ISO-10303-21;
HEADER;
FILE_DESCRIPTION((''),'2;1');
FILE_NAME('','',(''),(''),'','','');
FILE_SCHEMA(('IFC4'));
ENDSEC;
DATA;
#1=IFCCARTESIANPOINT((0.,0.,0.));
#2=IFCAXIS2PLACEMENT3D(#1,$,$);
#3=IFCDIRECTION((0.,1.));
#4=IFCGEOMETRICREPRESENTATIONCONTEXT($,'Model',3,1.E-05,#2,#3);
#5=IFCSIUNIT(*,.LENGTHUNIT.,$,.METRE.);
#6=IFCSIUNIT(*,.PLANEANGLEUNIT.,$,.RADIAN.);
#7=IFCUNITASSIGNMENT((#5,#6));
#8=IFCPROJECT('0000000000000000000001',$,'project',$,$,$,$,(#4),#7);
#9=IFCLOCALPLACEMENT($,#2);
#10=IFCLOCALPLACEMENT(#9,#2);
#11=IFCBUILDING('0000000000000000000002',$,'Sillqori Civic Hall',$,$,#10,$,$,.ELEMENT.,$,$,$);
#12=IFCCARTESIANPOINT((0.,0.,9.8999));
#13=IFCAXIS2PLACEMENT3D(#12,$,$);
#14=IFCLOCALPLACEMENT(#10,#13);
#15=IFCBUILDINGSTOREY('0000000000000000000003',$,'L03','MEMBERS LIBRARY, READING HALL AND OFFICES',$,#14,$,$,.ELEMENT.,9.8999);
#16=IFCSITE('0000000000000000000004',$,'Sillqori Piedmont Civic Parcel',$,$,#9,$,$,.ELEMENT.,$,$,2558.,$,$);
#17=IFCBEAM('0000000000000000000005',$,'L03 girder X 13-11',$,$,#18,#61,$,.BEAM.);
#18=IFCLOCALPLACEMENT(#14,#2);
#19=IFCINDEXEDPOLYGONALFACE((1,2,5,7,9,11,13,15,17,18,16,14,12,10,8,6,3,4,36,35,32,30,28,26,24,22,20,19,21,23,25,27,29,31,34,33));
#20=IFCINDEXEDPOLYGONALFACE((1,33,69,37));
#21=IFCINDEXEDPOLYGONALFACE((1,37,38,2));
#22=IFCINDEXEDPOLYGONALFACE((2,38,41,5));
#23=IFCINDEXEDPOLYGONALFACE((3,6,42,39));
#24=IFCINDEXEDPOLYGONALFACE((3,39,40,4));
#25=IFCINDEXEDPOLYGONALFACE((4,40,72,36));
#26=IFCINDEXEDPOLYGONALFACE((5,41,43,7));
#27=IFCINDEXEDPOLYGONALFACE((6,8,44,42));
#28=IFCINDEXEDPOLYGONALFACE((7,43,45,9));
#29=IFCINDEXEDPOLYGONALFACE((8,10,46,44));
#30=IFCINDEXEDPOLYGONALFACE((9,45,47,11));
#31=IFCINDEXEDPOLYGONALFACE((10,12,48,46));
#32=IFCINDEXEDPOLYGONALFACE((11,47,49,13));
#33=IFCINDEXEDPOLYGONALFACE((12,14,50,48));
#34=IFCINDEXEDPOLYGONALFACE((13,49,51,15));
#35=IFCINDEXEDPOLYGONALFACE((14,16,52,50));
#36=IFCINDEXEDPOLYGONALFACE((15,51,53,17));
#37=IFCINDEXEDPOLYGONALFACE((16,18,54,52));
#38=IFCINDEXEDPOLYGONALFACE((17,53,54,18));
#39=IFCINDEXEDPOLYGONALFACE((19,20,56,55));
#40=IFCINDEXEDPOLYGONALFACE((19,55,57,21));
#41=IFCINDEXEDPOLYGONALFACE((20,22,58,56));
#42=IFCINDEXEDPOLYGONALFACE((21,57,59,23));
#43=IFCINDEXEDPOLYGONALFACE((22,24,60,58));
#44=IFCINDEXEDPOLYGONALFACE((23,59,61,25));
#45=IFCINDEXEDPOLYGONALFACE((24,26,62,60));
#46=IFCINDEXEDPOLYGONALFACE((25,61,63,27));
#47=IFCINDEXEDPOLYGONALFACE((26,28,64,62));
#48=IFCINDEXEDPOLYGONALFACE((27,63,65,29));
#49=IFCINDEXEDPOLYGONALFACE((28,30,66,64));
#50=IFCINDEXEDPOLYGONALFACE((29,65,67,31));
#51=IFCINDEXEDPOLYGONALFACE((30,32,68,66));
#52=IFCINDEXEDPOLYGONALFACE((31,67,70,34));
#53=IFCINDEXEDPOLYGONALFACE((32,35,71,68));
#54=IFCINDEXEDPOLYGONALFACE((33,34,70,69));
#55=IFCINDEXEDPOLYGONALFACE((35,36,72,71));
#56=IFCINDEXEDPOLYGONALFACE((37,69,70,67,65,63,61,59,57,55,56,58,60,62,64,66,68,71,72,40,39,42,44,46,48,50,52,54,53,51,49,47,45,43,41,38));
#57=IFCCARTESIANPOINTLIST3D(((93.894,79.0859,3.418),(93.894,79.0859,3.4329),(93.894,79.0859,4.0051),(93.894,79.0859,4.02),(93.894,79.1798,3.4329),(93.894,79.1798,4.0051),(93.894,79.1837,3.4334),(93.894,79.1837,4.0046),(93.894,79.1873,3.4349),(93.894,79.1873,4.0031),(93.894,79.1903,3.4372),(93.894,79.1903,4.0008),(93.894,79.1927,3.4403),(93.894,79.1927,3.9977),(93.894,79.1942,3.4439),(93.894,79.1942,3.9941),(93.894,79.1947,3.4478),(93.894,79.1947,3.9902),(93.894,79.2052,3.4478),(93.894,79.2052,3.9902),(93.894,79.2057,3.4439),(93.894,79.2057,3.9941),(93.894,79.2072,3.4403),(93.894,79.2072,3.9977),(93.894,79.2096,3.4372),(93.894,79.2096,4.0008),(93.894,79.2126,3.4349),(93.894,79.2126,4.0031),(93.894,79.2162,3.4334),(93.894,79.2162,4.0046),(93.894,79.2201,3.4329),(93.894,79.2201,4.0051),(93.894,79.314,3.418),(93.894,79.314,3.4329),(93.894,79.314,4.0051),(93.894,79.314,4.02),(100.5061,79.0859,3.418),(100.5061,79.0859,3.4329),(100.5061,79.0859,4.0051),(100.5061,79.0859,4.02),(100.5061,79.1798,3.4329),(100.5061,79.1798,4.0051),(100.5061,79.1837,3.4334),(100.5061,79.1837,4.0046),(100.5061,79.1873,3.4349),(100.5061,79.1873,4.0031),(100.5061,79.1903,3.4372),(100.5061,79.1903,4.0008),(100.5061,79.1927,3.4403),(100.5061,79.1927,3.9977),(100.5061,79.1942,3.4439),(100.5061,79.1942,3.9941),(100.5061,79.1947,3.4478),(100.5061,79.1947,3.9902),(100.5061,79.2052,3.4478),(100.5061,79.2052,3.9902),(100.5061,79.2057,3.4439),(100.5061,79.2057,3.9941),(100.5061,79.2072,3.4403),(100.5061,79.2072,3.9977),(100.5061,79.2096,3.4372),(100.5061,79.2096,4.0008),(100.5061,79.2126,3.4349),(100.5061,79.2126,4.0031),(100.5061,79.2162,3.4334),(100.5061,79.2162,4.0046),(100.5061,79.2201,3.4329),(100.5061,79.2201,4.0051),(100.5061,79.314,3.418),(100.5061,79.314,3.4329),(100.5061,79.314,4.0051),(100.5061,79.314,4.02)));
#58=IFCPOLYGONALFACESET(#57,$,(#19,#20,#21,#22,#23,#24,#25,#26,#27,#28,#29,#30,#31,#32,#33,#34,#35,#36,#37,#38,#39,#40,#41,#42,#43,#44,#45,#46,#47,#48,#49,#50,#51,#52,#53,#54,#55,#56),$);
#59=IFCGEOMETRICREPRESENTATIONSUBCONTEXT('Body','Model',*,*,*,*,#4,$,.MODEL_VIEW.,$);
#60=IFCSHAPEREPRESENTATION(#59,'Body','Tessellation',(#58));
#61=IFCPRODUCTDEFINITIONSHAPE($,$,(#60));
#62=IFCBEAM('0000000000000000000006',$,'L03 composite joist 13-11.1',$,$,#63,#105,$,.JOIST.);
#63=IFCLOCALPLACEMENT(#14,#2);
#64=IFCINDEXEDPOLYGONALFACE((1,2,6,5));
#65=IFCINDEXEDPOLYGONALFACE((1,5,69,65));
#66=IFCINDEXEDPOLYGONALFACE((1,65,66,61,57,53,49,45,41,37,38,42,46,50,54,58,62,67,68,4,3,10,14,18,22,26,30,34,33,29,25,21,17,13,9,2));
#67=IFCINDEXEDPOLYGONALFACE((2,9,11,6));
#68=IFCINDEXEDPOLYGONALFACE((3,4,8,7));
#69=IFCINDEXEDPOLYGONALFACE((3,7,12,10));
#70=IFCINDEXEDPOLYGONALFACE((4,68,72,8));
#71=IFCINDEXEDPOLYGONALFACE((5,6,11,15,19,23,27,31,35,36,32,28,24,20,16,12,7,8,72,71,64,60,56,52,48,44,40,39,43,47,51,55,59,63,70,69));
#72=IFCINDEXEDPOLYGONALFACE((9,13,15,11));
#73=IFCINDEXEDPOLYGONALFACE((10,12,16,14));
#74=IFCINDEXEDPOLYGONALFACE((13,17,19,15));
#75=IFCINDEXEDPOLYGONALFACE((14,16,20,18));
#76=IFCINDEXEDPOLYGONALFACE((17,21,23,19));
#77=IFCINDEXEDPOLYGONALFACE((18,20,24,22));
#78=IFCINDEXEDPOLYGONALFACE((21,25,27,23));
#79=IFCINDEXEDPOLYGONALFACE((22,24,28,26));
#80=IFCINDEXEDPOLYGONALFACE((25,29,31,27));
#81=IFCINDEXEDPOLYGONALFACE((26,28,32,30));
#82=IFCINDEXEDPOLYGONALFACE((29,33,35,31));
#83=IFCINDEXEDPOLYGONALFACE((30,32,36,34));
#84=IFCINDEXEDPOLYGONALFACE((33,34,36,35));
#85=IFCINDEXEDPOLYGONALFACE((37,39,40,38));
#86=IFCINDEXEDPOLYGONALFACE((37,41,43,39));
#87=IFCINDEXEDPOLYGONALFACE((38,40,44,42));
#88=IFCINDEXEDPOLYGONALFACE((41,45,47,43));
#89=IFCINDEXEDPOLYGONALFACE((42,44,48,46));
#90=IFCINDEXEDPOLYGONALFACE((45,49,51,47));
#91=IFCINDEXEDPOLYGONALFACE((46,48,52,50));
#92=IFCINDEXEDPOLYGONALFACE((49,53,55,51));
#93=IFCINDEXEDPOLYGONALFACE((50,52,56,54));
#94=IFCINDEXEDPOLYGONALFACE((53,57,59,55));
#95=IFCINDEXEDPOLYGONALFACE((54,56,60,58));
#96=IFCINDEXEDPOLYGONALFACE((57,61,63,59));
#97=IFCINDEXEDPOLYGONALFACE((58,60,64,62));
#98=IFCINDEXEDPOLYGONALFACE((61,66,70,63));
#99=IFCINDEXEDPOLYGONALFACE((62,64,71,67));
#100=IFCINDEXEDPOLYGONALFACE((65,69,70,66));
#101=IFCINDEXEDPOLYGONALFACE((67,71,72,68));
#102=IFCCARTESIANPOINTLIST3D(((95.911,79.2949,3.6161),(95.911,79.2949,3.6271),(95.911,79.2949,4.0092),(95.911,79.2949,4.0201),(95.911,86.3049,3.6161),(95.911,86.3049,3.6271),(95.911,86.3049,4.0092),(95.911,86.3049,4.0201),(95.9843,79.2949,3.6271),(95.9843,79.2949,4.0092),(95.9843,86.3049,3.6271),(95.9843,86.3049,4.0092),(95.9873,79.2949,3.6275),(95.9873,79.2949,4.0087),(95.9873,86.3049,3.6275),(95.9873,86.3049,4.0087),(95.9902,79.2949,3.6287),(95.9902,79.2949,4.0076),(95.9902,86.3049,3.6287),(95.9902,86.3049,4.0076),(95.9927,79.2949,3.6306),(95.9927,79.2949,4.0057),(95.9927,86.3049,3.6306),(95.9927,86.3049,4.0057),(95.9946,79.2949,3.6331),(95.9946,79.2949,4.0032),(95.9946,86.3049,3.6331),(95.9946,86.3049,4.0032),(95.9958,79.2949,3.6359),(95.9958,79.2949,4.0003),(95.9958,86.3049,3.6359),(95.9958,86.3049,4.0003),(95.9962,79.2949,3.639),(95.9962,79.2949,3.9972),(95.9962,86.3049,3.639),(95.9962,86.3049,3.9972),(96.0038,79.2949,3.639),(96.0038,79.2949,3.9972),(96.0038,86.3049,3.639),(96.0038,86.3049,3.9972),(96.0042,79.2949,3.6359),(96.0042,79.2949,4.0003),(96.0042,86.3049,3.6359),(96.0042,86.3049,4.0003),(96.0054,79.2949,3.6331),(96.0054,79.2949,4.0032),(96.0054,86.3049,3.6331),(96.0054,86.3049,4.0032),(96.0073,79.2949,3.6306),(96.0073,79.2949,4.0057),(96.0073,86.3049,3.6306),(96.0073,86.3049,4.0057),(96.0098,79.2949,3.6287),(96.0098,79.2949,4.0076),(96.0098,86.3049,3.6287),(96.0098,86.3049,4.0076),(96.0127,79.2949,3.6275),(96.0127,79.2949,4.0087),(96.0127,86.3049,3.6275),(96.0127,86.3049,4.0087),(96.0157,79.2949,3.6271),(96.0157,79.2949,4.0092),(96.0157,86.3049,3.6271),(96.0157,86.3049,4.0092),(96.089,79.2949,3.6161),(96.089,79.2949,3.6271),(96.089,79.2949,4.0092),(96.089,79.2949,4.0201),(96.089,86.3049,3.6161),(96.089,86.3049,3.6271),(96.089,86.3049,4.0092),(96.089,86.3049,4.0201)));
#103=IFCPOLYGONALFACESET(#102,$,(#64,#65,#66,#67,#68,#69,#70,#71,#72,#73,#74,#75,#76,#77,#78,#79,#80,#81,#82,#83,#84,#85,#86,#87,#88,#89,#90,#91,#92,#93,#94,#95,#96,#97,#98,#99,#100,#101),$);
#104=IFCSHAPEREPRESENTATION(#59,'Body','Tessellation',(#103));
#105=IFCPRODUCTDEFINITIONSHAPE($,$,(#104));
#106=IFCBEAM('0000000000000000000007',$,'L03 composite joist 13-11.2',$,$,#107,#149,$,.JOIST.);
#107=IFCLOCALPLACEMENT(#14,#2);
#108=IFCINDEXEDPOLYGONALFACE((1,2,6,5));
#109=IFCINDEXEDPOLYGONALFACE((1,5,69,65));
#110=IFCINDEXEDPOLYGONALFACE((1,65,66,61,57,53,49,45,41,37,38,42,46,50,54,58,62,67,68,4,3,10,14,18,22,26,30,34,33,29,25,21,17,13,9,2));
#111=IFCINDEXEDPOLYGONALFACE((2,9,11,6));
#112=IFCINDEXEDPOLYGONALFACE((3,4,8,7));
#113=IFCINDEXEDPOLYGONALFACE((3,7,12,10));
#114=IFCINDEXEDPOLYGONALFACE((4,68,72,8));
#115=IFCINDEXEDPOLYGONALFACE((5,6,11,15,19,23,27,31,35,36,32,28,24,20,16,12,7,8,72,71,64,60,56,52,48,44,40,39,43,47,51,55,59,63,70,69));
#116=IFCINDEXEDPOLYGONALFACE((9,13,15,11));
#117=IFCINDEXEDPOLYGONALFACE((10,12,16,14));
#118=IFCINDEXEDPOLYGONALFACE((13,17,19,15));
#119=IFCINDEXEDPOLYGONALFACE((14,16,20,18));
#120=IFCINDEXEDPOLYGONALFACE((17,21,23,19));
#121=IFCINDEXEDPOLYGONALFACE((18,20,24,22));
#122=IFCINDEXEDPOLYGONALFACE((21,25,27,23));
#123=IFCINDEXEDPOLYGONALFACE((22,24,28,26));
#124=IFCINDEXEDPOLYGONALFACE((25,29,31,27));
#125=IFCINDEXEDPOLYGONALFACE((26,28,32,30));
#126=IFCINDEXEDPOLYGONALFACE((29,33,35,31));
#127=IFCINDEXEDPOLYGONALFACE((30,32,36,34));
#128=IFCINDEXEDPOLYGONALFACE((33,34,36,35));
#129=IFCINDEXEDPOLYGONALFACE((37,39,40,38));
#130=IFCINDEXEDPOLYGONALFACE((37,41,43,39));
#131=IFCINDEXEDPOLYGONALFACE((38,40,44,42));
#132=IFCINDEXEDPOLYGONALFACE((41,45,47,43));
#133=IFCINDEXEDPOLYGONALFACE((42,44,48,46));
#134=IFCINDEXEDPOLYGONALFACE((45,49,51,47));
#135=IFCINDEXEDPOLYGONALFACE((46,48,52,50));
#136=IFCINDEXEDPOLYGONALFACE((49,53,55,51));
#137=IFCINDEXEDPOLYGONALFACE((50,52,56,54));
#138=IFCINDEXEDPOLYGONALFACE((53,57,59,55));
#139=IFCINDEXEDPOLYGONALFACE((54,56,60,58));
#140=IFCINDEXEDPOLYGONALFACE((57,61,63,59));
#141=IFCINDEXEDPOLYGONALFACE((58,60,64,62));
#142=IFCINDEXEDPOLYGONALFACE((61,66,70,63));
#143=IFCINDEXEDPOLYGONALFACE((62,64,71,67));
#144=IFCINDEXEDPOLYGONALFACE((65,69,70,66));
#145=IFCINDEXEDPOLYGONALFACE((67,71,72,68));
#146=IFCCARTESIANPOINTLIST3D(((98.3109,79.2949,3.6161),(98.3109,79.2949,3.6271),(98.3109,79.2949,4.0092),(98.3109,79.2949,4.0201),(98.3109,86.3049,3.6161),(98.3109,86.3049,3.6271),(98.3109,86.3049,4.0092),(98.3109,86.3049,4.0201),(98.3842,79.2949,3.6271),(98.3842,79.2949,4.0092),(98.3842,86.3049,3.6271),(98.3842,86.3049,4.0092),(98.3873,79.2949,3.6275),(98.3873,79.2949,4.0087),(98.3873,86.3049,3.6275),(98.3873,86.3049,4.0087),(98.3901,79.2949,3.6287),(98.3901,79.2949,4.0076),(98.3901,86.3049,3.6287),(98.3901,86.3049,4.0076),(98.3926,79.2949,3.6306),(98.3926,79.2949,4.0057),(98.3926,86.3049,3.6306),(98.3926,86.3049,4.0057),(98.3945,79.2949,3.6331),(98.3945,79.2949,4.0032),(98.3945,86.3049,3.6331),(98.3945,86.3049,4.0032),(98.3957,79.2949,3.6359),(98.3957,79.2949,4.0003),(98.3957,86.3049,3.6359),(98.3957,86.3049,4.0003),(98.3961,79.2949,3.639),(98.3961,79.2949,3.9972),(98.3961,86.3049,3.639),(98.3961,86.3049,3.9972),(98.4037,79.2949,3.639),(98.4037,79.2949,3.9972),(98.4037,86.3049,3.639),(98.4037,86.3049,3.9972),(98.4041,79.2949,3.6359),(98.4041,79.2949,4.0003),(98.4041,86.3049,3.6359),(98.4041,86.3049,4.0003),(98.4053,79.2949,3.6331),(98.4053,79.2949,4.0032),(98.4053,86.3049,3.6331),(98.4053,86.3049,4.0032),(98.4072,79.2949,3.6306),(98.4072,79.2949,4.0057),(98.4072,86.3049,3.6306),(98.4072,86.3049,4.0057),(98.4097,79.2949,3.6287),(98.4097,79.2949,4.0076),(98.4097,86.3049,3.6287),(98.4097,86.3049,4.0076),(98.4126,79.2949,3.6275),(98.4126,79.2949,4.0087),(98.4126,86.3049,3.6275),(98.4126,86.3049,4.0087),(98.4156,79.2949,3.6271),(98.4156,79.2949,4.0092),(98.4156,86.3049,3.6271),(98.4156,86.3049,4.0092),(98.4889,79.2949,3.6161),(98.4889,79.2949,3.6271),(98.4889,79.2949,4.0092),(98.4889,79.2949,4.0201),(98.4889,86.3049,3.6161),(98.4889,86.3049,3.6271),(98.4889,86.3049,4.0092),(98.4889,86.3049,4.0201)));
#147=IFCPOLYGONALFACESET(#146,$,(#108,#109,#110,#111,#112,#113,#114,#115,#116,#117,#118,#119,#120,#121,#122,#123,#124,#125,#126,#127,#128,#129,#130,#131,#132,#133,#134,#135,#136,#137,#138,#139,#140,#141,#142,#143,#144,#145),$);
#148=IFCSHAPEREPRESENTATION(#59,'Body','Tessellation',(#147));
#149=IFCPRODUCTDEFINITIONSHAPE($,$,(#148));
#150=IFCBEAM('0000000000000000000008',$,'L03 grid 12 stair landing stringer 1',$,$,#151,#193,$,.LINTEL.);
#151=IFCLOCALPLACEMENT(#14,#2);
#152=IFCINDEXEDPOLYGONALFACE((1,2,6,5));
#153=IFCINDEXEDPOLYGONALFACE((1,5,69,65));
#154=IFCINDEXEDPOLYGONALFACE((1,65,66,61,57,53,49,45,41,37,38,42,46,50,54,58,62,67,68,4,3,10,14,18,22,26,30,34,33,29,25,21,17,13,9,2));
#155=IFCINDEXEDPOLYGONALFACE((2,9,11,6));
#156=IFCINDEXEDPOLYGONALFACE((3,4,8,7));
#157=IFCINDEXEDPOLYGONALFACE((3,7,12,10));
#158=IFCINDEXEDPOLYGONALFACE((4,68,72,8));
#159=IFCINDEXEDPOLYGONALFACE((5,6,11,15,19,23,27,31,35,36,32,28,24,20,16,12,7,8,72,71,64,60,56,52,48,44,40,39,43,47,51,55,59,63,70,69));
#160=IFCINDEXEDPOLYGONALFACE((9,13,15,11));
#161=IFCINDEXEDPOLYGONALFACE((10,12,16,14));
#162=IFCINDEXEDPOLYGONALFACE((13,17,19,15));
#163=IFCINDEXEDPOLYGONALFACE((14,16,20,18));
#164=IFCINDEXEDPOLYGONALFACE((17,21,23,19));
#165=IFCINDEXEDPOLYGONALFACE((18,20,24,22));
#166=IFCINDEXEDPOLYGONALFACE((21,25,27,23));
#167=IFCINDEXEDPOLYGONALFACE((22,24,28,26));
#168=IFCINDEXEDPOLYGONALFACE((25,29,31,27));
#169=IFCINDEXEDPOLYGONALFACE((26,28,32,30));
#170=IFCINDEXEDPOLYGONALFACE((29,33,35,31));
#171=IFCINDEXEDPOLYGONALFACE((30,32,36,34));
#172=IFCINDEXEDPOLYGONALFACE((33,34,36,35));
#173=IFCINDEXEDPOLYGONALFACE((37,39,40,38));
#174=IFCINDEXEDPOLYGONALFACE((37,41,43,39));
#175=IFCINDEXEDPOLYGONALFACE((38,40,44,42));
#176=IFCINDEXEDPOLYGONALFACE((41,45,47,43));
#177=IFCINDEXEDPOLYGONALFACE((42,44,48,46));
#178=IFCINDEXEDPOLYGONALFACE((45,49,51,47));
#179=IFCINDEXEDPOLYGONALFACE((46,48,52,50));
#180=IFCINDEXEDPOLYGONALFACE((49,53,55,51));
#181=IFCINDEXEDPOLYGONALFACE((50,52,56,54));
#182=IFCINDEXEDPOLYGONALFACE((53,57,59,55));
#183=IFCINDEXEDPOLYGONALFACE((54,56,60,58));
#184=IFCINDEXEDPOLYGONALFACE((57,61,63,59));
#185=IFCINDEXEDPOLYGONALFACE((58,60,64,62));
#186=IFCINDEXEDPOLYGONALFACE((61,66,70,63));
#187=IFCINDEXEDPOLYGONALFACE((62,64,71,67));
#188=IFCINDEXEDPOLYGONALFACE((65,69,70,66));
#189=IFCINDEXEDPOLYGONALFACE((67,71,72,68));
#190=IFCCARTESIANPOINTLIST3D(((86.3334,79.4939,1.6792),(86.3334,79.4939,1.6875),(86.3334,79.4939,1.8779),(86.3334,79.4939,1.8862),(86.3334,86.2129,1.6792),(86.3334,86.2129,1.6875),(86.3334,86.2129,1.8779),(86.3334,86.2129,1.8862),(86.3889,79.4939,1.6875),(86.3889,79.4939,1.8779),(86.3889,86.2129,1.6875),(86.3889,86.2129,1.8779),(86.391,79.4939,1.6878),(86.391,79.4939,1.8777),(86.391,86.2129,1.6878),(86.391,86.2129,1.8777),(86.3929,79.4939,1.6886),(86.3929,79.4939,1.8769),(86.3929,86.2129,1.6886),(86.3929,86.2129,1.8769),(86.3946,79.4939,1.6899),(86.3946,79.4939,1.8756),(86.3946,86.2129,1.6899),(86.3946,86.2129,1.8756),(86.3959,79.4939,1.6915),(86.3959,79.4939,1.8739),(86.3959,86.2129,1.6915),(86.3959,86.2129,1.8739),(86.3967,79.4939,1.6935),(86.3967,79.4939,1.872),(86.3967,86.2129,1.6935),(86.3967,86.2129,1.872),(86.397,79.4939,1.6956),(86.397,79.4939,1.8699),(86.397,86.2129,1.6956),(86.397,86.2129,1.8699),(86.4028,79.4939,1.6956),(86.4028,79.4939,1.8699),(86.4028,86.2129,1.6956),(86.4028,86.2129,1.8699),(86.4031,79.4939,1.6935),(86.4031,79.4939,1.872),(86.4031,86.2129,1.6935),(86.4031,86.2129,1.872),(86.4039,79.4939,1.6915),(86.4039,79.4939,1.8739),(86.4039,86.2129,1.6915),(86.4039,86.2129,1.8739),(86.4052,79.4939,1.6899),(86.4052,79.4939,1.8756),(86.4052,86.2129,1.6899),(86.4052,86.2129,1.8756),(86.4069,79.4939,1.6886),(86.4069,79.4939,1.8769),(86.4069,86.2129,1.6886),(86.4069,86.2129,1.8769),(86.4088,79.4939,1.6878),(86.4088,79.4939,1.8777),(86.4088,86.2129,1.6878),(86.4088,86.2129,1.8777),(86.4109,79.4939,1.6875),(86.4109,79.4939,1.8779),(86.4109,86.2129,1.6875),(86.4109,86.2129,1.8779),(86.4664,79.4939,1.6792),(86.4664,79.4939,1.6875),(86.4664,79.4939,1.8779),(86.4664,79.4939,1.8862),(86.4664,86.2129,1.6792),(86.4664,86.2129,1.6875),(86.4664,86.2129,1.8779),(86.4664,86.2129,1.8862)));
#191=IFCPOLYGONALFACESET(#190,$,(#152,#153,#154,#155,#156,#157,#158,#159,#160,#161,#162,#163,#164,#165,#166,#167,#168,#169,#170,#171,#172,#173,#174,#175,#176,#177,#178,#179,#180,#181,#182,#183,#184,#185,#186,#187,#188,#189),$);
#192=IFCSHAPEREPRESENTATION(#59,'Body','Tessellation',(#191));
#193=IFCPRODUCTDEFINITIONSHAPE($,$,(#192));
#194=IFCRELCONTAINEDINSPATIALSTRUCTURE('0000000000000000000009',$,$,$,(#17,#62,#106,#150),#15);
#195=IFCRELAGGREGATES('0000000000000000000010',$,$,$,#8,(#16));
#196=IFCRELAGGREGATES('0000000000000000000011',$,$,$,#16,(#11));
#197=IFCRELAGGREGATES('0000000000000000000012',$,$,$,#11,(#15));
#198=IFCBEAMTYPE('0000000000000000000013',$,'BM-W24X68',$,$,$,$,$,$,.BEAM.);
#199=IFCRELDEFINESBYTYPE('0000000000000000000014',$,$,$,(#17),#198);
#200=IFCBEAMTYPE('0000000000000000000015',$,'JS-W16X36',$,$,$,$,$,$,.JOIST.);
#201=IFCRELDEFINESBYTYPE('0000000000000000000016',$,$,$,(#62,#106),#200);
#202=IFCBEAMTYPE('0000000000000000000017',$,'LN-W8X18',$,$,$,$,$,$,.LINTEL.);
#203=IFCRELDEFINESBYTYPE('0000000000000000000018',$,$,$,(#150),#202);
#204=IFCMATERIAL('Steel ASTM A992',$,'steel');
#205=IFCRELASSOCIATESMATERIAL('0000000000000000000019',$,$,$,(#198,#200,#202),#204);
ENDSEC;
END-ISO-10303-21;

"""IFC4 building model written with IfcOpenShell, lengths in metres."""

from ifc_helpers import new_model, si_unit, direction, frame, origin, origin_2d, place, context, subcontext, project, spatial, i_section, extrude, material, material_profile, profile_set, type_object, element, save


model = new_model("IFC4")

# Units and contexts
model_context = context("Model", 3, precision=1e-05, world=origin(), true_north=direction((0.0, 1.0)))
body_context = subcontext(model_context, "Body", "Model", "MODEL_VIEW")
ifc_project = project(units=[si_unit("LENGTHUNIT", "METRE"), si_unit("PLANEANGLEUNIT", "RADIAN")], contexts=[model_context])

# Site, building, storey
site_placement = place(None, origin())
site = spatial("IfcSite", under=ifc_project, at=site_placement, Name="Sillqori Piedmont Civic Parcel", CompositionType="ELEMENT", RefElevation=2558.0)
building_placement = place(site_placement, origin())
building = spatial("IfcBuilding", under=site, at=building_placement, Name="Sillqori Civic Hall", CompositionType="ELEMENT")
storey_placement = place(building_placement, frame((0.0, 0.0, 9.8999)))
storey = spatial("IfcBuildingStorey", under=building, at=storey_placement, Name="L03", Description="MEMBERS LIBRARY, READING HALL AND OFFICES", CompositionType="ELEMENT", Elevation=9.8999)

# Beam
ifc_material_1 = material(Name="Steel ASTM A992", Category="steel")
ifc_material_profile_1 = material_profile(ifc_material_1, i_section(OverallWidth=0.228, OverallDepth=0.6021, WebThickness=0.0105, FlangeThickness=0.0149, FilletRadius=0.0149, at=origin_2d()), Name="W24X68")
ifc_profile_set_1 = profile_set([ifc_material_profile_1], Name="Steel ASTM A992")
beam_type_1 = type_object("IfcBeamType", Name="BM-W24X68", PredefinedType="BEAM", material=ifc_profile_set_1)
beam_1_placement = place(storey_placement, frame((93.894, 79.2, 3.719), z_axis=(1.0, 0.0, 0.0), x_axis=(0.0, 1.0, 0.0)))
element("IfcBeam", 1, at=beam_1_placement, inside=storey, type_object=beam_type_1, Name="L03 girder X 13-11", PredefinedType="BEAM", context=body_context, shape_type="SweptSolid", body=[
    extrude(i_section(OverallWidth=0.228, OverallDepth=0.6021, WebThickness=0.0105, FlangeThickness=0.0149, FilletRadius=0.0149, at=origin_2d()), origin(), (0.0, 0.0, 1.0), 6.6121),
])

# Beams
ifc_material_profile_2 = material_profile(ifc_material_1, i_section(OverallWidth=0.178, OverallDepth=0.4041, WebThickness=0.0076, FlangeThickness=0.011, FilletRadius=0.012, at=origin_2d()), Name="W16X36")
ifc_profile_set_2 = profile_set([ifc_material_profile_2], Name="Steel ASTM A992")
beam_type_2 = type_object("IfcBeamType", Name="JS-W16X36", PredefinedType="JOIST", material=ifc_profile_set_2)
for number, where, z_axis, x_axis, name in (
    (2, (96.0, 79.2949, 3.8181), (0.0, 1.0, 0.0), (-1.0, 0.0, 0.0), "L03 composite joist 13-11.1"),
    (3, (98.3999, 79.2949, 3.8181), (0.0, 1.0, 0.0), (-1.0, 0.0, 0.0), "L03 composite joist 13-11.2"),
):
    element("IfcBeam", number, at=place(storey_placement, frame(where, z_axis=z_axis, x_axis=x_axis)), inside=storey, type_object=beam_type_2, Name=name, PredefinedType="JOIST", context=body_context, shape_type="SweptSolid", body=[
        extrude(i_section(OverallWidth=0.178, OverallDepth=0.4041, WebThickness=0.0076, FlangeThickness=0.011, FilletRadius=0.012, at=origin_2d()), origin(), (0.0, 0.0, 1.0), 7.01),
    ])
ifc_material_profile_3 = material_profile(ifc_material_1, i_section(OverallWidth=0.1331, OverallDepth=0.207, WebThickness=0.0059, FlangeThickness=0.0083, FilletRadius=0.0081, at=origin_2d()), Name="W8X18")
ifc_profile_set_3 = profile_set([ifc_material_profile_3], Name="Steel ASTM A992")
beam_type_3 = type_object("IfcBeamType", Name="LN-W8X18", PredefinedType="LINTEL", material=ifc_profile_set_3)
for number, where, z_axis, x_axis, name in (
    (4, (86.3999, 79.4939, 1.7827), (0.0, 1.0, 0.0), (-1.0, 0.0, 0.0), "L03 grid 12 stair landing stringer 1"),
):
    element("IfcBeam", number, at=place(storey_placement, frame(where, z_axis=z_axis, x_axis=x_axis)), inside=storey, type_object=beam_type_3, Name=name, PredefinedType="LINTEL", context=body_context, shape_type="SweptSolid", body=[
        extrude(i_section(OverallWidth=0.1331, OverallDepth=0.207, WebThickness=0.0059, FlangeThickness=0.0083, FilletRadius=0.0081, at=origin_2d()), origin(), (0.0, 0.0, 1.0), 6.719),
    ])

save(model, "model.ifc")
